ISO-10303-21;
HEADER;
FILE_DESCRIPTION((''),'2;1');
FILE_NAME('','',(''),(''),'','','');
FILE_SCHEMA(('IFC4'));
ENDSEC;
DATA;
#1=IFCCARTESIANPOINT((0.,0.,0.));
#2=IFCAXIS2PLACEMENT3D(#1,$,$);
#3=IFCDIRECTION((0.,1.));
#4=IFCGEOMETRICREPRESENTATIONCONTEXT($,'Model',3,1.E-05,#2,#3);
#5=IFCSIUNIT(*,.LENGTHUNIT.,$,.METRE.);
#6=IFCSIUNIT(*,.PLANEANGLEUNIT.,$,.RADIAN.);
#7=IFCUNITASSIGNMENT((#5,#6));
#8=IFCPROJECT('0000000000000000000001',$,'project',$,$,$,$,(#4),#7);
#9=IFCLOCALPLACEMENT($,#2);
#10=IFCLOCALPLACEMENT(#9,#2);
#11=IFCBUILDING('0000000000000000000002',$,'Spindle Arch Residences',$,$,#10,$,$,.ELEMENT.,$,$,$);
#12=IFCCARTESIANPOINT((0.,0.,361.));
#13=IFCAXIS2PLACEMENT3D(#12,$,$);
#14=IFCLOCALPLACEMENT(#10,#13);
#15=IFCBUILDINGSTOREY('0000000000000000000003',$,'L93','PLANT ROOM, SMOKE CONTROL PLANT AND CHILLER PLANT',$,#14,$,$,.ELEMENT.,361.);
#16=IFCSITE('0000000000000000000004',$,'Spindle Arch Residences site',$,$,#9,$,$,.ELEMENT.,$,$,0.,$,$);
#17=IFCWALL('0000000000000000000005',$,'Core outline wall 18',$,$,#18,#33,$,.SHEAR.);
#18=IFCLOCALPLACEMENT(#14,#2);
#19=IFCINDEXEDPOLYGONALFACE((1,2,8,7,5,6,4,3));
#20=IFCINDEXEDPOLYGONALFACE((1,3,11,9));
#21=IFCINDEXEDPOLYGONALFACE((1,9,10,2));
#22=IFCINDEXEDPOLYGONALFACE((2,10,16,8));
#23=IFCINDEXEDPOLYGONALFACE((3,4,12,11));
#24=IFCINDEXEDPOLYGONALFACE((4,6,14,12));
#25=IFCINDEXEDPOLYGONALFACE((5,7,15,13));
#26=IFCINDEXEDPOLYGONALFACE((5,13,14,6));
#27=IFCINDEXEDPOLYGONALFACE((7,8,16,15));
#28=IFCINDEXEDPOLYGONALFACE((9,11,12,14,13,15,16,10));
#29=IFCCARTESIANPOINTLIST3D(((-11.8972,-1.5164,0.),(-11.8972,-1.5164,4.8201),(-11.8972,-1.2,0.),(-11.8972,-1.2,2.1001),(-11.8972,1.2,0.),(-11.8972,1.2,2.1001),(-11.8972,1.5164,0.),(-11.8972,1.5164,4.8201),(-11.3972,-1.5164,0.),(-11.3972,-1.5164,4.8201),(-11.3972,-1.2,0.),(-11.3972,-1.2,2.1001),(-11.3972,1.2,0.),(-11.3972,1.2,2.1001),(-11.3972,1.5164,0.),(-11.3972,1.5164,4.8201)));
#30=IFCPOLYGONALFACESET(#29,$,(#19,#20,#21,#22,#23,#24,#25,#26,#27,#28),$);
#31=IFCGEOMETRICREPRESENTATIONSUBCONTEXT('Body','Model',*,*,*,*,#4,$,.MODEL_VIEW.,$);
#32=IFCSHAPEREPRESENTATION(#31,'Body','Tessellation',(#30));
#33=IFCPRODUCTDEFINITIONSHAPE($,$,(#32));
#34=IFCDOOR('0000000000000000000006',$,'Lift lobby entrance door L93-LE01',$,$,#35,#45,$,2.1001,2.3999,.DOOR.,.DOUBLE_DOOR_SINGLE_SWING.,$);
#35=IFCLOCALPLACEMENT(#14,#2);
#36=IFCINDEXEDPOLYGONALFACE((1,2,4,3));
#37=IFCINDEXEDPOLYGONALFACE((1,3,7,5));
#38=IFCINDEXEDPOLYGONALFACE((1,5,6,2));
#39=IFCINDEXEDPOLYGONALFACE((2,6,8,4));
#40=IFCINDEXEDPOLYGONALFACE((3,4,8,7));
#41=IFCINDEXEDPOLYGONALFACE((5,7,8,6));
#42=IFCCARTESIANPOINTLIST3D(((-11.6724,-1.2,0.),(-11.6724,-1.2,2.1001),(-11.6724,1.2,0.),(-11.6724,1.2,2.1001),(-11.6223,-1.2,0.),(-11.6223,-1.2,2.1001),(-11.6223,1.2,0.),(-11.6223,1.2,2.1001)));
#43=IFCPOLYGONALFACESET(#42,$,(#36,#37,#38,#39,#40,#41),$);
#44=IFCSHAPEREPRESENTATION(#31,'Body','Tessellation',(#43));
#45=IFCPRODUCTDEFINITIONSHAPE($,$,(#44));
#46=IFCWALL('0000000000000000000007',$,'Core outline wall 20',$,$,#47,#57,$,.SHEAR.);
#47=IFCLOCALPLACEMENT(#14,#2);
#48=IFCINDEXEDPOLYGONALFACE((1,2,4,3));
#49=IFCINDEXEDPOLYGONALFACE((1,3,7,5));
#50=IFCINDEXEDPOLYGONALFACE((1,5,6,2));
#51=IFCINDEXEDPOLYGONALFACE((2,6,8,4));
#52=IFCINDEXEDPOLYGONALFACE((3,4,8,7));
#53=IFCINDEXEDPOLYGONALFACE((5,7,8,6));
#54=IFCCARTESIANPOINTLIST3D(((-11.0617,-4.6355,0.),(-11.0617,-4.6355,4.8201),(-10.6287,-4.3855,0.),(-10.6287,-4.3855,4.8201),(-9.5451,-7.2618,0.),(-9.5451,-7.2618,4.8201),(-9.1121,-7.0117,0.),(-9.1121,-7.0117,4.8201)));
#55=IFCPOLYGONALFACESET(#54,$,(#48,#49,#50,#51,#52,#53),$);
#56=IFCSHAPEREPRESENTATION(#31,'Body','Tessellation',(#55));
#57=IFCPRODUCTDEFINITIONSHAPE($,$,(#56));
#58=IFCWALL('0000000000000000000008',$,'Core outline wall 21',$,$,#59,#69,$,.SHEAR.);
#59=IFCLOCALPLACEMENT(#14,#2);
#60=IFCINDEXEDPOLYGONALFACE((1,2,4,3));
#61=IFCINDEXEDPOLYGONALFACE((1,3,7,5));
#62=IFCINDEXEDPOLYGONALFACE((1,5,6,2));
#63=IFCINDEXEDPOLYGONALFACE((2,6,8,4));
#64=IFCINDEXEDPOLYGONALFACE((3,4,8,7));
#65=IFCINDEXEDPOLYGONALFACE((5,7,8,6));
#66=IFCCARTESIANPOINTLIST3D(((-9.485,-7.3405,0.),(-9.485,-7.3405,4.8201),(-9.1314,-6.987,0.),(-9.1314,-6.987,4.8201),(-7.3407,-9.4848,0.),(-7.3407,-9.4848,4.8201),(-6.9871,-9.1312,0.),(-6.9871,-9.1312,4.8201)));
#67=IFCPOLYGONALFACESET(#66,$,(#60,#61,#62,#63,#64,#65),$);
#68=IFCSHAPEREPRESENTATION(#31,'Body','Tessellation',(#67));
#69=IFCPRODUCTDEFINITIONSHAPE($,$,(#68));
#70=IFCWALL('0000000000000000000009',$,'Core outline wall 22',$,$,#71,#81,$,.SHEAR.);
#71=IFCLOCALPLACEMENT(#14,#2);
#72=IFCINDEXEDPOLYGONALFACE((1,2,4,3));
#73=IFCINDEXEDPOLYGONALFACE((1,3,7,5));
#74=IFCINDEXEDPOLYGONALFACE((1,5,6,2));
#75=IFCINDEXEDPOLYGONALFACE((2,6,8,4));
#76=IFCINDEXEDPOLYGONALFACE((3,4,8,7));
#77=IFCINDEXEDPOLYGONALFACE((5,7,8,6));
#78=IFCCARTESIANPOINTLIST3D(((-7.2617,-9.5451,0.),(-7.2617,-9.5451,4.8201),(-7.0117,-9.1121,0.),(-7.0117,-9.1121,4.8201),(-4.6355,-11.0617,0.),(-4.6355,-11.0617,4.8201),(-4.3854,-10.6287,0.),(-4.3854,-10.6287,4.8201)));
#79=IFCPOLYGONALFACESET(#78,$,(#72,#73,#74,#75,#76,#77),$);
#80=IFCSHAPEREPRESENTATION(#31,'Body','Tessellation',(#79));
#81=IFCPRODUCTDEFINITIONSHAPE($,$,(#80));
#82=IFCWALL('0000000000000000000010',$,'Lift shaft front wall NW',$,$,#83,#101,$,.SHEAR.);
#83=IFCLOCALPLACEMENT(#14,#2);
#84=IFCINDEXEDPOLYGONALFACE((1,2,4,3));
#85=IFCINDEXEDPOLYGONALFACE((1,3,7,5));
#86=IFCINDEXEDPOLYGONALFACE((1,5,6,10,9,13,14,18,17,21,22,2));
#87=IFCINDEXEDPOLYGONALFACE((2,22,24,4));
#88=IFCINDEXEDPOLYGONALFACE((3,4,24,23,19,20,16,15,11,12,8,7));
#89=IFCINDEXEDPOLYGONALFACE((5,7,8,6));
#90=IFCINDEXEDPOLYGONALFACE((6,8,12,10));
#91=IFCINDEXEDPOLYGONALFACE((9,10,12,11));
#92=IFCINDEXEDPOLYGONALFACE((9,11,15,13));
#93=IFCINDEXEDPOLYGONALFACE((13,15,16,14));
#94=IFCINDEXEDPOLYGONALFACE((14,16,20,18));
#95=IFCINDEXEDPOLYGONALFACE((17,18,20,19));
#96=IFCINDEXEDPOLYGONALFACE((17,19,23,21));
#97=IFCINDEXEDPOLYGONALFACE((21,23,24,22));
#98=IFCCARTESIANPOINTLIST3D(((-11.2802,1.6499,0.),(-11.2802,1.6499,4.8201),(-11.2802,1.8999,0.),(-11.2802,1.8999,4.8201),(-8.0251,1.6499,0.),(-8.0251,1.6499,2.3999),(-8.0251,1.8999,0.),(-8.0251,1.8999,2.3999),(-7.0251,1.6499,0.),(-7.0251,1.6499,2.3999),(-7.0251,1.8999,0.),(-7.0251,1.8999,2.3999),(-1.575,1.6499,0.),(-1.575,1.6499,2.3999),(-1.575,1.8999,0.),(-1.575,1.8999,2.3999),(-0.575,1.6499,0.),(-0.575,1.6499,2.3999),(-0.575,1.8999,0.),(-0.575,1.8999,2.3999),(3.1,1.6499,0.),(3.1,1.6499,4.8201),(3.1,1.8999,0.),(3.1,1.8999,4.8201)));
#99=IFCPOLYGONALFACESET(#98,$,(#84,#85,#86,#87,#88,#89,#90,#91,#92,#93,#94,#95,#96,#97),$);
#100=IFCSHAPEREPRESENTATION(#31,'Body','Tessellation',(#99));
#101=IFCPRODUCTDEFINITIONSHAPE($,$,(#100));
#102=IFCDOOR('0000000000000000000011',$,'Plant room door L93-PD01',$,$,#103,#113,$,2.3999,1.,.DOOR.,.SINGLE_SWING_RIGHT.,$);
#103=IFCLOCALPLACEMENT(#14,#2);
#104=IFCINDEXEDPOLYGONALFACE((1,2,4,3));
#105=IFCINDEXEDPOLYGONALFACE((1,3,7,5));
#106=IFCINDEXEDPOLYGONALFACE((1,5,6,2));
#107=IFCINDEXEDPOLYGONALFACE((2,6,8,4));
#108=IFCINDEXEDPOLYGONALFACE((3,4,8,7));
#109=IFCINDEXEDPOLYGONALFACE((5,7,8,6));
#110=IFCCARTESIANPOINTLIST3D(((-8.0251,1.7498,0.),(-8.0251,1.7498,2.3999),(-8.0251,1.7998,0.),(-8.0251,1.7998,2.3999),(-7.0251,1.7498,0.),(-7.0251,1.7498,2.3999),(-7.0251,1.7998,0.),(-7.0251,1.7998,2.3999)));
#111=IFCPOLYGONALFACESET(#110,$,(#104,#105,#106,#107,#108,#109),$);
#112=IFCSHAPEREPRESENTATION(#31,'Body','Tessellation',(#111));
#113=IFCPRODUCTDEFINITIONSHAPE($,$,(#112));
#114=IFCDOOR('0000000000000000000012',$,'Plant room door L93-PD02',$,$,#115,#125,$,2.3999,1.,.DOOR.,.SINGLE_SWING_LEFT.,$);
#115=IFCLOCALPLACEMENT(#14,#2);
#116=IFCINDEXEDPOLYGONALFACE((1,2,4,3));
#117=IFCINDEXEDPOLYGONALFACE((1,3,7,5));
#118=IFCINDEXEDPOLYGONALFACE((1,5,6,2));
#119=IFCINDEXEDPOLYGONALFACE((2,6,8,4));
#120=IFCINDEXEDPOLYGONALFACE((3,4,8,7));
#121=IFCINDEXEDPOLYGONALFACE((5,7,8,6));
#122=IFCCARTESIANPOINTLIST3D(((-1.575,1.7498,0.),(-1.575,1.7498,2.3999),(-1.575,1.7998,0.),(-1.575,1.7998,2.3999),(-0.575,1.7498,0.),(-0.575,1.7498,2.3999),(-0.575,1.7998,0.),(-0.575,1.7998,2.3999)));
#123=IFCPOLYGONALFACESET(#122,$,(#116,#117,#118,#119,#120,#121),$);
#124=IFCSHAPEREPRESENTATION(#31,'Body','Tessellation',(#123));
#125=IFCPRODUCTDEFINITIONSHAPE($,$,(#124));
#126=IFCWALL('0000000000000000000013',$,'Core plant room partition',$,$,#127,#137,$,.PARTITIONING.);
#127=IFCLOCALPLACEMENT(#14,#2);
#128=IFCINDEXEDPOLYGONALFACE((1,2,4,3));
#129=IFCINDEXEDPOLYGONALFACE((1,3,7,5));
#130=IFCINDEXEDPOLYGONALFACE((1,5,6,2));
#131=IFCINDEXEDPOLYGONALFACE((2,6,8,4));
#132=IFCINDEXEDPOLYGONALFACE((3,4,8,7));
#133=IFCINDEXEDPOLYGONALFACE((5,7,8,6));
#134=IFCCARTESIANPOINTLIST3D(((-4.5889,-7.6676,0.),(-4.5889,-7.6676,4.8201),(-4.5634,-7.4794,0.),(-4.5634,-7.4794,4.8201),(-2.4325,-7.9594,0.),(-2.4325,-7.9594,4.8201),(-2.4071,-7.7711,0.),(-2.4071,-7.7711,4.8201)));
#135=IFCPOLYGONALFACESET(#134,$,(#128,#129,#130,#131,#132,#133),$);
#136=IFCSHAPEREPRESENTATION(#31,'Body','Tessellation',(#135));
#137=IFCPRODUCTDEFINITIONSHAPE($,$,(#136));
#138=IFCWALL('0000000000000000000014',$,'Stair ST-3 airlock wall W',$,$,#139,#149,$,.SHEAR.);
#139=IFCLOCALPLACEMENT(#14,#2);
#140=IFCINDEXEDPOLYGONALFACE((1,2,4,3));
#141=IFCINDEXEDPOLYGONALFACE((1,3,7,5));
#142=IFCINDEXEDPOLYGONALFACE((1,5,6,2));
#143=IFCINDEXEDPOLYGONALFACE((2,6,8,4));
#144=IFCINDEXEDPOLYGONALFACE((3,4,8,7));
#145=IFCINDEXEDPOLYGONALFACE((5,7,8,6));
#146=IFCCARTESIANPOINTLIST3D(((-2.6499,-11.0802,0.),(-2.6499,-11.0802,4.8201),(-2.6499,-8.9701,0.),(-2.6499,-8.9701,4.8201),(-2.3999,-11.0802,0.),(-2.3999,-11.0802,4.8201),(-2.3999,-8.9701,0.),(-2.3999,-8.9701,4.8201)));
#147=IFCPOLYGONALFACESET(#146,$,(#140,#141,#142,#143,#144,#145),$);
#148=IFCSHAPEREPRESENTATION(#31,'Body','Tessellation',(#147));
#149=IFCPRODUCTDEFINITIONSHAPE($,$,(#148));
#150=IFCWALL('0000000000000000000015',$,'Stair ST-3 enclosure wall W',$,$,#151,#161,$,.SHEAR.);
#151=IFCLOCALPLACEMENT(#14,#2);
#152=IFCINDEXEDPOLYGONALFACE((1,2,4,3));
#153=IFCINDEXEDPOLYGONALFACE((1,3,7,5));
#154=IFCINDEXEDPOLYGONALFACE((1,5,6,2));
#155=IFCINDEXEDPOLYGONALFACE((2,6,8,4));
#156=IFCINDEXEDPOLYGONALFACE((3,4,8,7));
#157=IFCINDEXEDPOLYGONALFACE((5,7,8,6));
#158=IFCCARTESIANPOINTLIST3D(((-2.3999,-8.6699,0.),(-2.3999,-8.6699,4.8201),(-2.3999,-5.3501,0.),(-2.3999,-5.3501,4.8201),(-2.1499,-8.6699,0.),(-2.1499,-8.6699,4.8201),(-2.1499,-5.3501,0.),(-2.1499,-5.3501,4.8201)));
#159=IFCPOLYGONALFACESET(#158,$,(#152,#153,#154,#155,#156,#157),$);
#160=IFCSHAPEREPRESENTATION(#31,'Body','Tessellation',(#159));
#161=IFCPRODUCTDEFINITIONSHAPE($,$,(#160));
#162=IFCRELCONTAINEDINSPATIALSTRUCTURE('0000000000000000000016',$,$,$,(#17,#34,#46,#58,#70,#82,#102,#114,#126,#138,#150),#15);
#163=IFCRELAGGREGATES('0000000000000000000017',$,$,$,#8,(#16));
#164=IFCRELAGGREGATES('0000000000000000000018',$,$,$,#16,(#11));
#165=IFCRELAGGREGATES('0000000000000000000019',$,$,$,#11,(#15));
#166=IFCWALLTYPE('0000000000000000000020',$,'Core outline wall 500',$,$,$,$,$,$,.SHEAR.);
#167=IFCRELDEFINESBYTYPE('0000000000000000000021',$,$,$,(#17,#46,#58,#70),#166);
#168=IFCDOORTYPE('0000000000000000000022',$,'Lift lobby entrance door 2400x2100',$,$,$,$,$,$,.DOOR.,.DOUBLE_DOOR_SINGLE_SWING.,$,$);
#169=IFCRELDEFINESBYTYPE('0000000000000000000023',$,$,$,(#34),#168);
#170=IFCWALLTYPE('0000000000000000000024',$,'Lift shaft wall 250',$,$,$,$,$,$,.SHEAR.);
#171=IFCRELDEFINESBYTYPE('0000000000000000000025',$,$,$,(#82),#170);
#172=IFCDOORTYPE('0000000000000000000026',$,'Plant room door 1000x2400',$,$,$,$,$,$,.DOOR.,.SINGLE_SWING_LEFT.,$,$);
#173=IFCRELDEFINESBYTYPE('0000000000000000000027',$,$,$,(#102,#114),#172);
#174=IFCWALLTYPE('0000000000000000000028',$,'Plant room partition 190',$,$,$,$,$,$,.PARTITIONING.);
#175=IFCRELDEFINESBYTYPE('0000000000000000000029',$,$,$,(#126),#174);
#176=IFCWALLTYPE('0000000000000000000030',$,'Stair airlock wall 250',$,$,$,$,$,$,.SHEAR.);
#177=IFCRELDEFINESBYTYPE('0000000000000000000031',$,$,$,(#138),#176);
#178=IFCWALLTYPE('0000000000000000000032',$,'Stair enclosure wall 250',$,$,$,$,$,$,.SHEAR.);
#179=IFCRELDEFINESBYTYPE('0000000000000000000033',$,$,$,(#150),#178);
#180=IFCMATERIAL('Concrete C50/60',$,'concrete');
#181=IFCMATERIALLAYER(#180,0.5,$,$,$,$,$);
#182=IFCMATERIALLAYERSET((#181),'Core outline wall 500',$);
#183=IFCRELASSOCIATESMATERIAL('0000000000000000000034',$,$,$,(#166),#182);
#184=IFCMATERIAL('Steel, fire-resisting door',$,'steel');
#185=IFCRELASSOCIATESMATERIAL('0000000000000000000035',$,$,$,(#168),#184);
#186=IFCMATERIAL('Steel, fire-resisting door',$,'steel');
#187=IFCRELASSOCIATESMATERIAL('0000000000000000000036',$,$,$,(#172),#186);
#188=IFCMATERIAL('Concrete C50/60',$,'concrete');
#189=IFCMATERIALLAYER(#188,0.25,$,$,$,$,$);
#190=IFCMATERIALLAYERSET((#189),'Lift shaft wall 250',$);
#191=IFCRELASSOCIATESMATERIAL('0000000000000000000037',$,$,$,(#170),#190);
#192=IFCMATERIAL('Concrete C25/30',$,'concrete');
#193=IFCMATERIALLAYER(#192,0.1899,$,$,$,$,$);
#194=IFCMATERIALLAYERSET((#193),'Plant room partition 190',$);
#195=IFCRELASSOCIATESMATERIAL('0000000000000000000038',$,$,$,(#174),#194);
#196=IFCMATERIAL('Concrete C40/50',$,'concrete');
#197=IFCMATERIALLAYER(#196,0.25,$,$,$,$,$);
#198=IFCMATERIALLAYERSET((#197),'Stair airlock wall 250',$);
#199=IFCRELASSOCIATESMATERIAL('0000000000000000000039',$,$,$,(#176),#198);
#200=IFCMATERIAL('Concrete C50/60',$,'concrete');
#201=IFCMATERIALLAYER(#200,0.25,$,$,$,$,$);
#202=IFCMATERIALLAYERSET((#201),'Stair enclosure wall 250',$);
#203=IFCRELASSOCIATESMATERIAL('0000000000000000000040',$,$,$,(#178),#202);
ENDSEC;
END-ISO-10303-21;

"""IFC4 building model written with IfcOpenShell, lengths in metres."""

from ifc_helpers import new_model, si_unit, direction, frame, frame_2d, origin, place, context, subcontext, project, spatial, rectangle, extrude, material, layer, layer_set, type_object, element, fill, save


model = new_model("IFC4")

# Units and contexts
model_context = context("Model", 3, precision=1e-05, world=origin(), true_north=direction((0.0, 1.0)))
body_context = subcontext(model_context, "Body", "Model", "MODEL_VIEW")
ifc_project = project(units=[si_unit("LENGTHUNIT", "METRE"), si_unit("PLANEANGLEUNIT", "RADIAN")], contexts=[model_context])

# Site, building, storey
site_placement = place(None, origin())
site = spatial("IfcSite", under=ifc_project, at=site_placement, Name="Spindle Arch Residences site", CompositionType="ELEMENT", RefElevation=0.0)
building_placement = place(site_placement, origin())
building = spatial("IfcBuilding", under=site, at=building_placement, Name="Spindle Arch Residences", CompositionType="ELEMENT")
storey_placement = place(building_placement, frame((0.0, 0.0, 361.0)))
storey = spatial("IfcBuildingStorey", under=building, at=storey_placement, Name="L93", Description="PLANT ROOM, SMOKE CONTROL PLANT AND CHILLER PLANT", CompositionType="ELEMENT", Elevation=361.0)

# Wall, opening, door
ifc_material_1 = material(Name="Concrete C50/60", Category="concrete")
ifc_layer_1 = layer(ifc_material_1, 0.5)
ifc_layer_set_1 = layer_set([ifc_layer_1], Name="Core outline wall 500")
wall_type_1 = type_object("IfcWallType", Name="Core outline wall 500", PredefinedType="SHEAR", material=ifc_layer_set_1)
wall_1_placement = place(storey_placement, frame((-11.6472, 1.5164, 0.0), z_axis=(0.0, 0.0, 1.0), x_axis=(0.0, -1.0, 0.0)))
wall_1 = element("IfcWall", 1, at=wall_1_placement, inside=storey, type_object=wall_type_1, Name="Core outline wall 18", PredefinedType="SHEAR", context=body_context, shape_type="SweptSolid", body=[
    extrude(rectangle(XDim=3.0327, YDim=0.5, at=frame_2d((1.5164, 0.0))), origin(), (0.0, 0.0, 1.0), 4.8201),
])
opening_1_placement = place(wall_1_placement, frame((0.3164, 0.0, 0.0)))
opening_1 = element("IfcOpeningElement", 2, at=opening_1_placement, cuts=wall_1, PredefinedType="OPENING", context=body_context, shape_type="SweptSolid", body=[
    extrude(rectangle(XDim=2.3999, YDim=2.1001, at=frame_2d((1.2, 1.05))), frame((0.0, 0.26, 0.0), z_axis=(0.0, -1.0, 0.0), x_axis=(1.0, 0.0, 0.0)), (0.0, 0.0, 1.0), 0.52),
])
ifc_material_2 = material(Name="Steel, fire-resisting door", Category="steel")
door_type_1 = type_object("IfcDoorType", Name="Lift lobby entrance door 2400x2100", OperationType="DOUBLE_DOOR_SINGLE_SWING", PredefinedType="DOOR", material=ifc_material_2)
door_1_placement = place(opening_1_placement, origin())
door_1 = element("IfcDoor", 3, at=door_1_placement, inside=storey, type_object=door_type_1, Name="Lift lobby entrance door L93-LE01", OperationType="DOUBLE_DOOR_SINGLE_SWING", OverallHeight=2.1001, OverallWidth=2.3999, PredefinedType="DOOR", context=body_context, shape_type="SweptSolid", body=[
    extrude(rectangle(XDim=2.3999, YDim=2.1001, at=frame_2d((1.2, 1.05))), frame((0.0, 0.0249, 0.0), z_axis=(0.0, -1.0, 0.0), x_axis=(1.0, 0.0, 0.0)), (0.0, 0.0, 1.0), 0.05),
])
fill(opening_1, door_1)
ifc_material_3 = material(Name="Steel, fire-resisting door", Category="steel")
door_type_2 = type_object("IfcDoorType", Name="Plant room door 1000x2400", OperationType="SINGLE_SWING_LEFT", PredefinedType="DOOR", material=ifc_material_3)

# Walls
wall_2_placement = place(storey_placement, frame((-10.8452, -4.5105, 0.0), z_axis=(0.0, 0.0, 1.0), x_axis=(0.500087, -0.865975, 0.0)))
element("IfcWall", 4, at=wall_2_placement, inside=storey, type_object=wall_type_1, Name="Core outline wall 20", PredefinedType="SHEAR", context=body_context, shape_type="SweptSolid", body=[
    extrude(rectangle(XDim=3.0327, YDim=0.5, at=frame_2d((1.5164, 0.0))), origin(), (0.0, 0.0, 1.0), 4.8201),
])
wall_3_placement = place(storey_placement, frame((-9.3081, -7.1638, 0.0), z_axis=(0.0, 0.0, 1.0), x_axis=(0.707107, -0.707107, 0.0)))
element("IfcWall", 5, at=wall_3_placement, inside=storey, type_object=wall_type_1, Name="Core outline wall 21", PredefinedType="SHEAR", context=body_context, shape_type="SweptSolid", body=[
    extrude(rectangle(XDim=3.0325, YDim=0.5, at=frame_2d((1.5161, 0.0))), origin(), (0.0, 0.0, 1.0), 4.8201),
])
wall_4_placement = place(storey_placement, frame((-7.1367, -9.3286, 0.0), z_axis=(0.0, 0.0, 1.0), x_axis=(0.865975, -0.500087, 0.0)))
element("IfcWall", 6, at=wall_4_placement, inside=storey, type_object=wall_type_1, Name="Core outline wall 22", PredefinedType="SHEAR", context=body_context, shape_type="SweptSolid", body=[
    extrude(rectangle(XDim=3.0327, YDim=0.5, at=frame_2d((1.5164, 0.0))), origin(), (0.0, 0.0, 1.0), 4.8201),
])

# Wall, openings, doors
ifc_material_4 = material(Name="Concrete C50/60", Category="concrete")
ifc_layer_2 = layer(ifc_material_4, 0.25)
ifc_layer_set_2 = layer_set([ifc_layer_2], Name="Lift shaft wall 250")
wall_type_2 = type_object("IfcWallType", Name="Lift shaft wall 250", PredefinedType="SHEAR", material=ifc_layer_set_2)
wall_5_placement = place(storey_placement, frame((-11.28, 1.7749, 0.0), z_axis=(0.0, 0.0, 1.0), x_axis=(1.0, 0.0, 0.0)))
wall_5 = element("IfcWall", 7, at=wall_5_placement, inside=storey, type_object=wall_type_2, Name="Lift shaft front wall NW", PredefinedType="SHEAR", context=body_context, shape_type="SweptSolid", body=[
    extrude(rectangle(XDim=14.3801, YDim=0.25, at=frame_2d((7.1899, 0.0))), origin(), (0.0, 0.0, 1.0), 4.8201),
])
opening_2_placement = place(wall_5_placement, frame((3.2549, 0.0, 0.0)))
opening_2 = element("IfcOpeningElement", 8, at=opening_2_placement, cuts=wall_5, PredefinedType="OPENING", context=body_context, shape_type="SweptSolid", body=[
    extrude(rectangle(XDim=1.0, YDim=2.3999, at=frame_2d((0.5, 1.2))), frame((0.0, 0.135, 0.0), z_axis=(0.0, -1.0, 0.0), x_axis=(1.0, 0.0, 0.0)), (0.0, 0.0, 1.0), 0.27),
])
opening_3_placement = place(wall_5_placement, frame((9.7051, 0.0, 0.0)))
opening_3 = element("IfcOpeningElement", 9, at=opening_3_placement, cuts=wall_5, PredefinedType="OPENING", context=body_context, shape_type="SweptSolid", body=[
    extrude(rectangle(XDim=1.0, YDim=2.3999, at=frame_2d((0.5, 1.2))), frame((0.0, 0.135, 0.0), z_axis=(0.0, -1.0, 0.0), x_axis=(1.0, 0.0, 0.0)), (0.0, 0.0, 1.0), 0.27),
])
door_2_placement = place(opening_2_placement, origin())
door_2 = element("IfcDoor", 10, at=door_2_placement, inside=storey, type_object=door_type_2, Name="Plant room door L93-PD01", OperationType="SINGLE_SWING_RIGHT", OverallHeight=2.3999, OverallWidth=1.0, PredefinedType="DOOR", context=body_context, shape_type="SweptSolid", body=[
    extrude(rectangle(XDim=1.0, YDim=2.3999, at=frame_2d((0.5, 1.2))), frame((0.0, 0.0249, 0.0), z_axis=(0.0, -1.0, 0.0), x_axis=(1.0, 0.0, 0.0)), (0.0, 0.0, 1.0), 0.05),
])
fill(opening_2, door_2)
door_3_placement = place(opening_3_placement, origin())
door_3 = element("IfcDoor", 11, at=door_3_placement, inside=storey, type_object=door_type_2, Name="Plant room door L93-PD02", OperationType="SINGLE_SWING_LEFT", OverallHeight=2.3999, OverallWidth=1.0, PredefinedType="DOOR", context=body_context, shape_type="SweptSolid", body=[
    extrude(rectangle(XDim=1.0, YDim=2.3999, at=frame_2d((0.5, 1.2))), frame((0.0, 0.0249, 0.0), z_axis=(0.0, -1.0, 0.0), x_axis=(1.0, 0.0, 0.0)), (0.0, 0.0, 1.0), 0.05),
])
fill(opening_3, door_3)

# Shared definitions
ifc_material_5 = material(Name="Concrete C25/30", Category="concrete")
ifc_layer_3 = layer(ifc_material_5, 0.1899)
ifc_layer_set_3 = layer_set([ifc_layer_3], Name="Plant room partition 190")
wall_type_3 = type_object("IfcWallType", Name="Plant room partition 190", PredefinedType="PARTITIONING", material=ifc_layer_set_3)

# Walls
wall_6_placement = place(storey_placement, frame((-2.4199, -7.8652, 0.0), z_axis=(0.0, 0.0, 1.0), x_axis=(-0.990972, 0.134067, 0.0)))
element("IfcWall", 12, at=wall_6_placement, inside=storey, type_object=wall_type_3, Name="Core plant room partition", PredefinedType="PARTITIONING", context=body_context, shape_type="SweptSolid", body=[
    extrude(rectangle(XDim=2.176, YDim=0.1899, at=frame_2d((1.0879, 0.0))), origin(), (0.0, 0.0, 1.0), 4.8201),
])
ifc_material_6 = material(Name="Concrete C40/50", Category="concrete")
ifc_layer_4 = layer(ifc_material_6, 0.25)
ifc_layer_set_4 = layer_set([ifc_layer_4], Name="Stair airlock wall 250")
wall_type_4 = type_object("IfcWallType", Name="Stair airlock wall 250", PredefinedType="SHEAR", material=ifc_layer_set_4)
wall_7_placement = place(storey_placement, frame((-2.5249, -8.97, 0.0), z_axis=(0.0, 0.0, 1.0), x_axis=(0.0, -1.0, 0.0)))
element("IfcWall", 13, at=wall_7_placement, inside=storey, type_object=wall_type_4, Name="Stair ST-3 airlock wall W", PredefinedType="SHEAR", context=body_context, shape_type="SweptSolid", body=[
    extrude(rectangle(XDim=2.1101, YDim=0.25, at=frame_2d((1.0552, 0.0))), origin(), (0.0, 0.0, 1.0), 4.8201),
])
ifc_material_7 = material(Name="Concrete C50/60", Category="concrete")
ifc_layer_5 = layer(ifc_material_7, 0.25)
ifc_layer_set_5 = layer_set([ifc_layer_5], Name="Stair enclosure wall 250")
wall_type_5 = type_object("IfcWallType", Name="Stair enclosure wall 250", PredefinedType="SHEAR", material=ifc_layer_set_5)
wall_8_placement = place(storey_placement, frame((-2.2749, -8.6699, 0.0), z_axis=(0.0, 0.0, 1.0), x_axis=(0.0, 1.0, 0.0)))
element("IfcWall", 14, at=wall_8_placement, inside=storey, type_object=wall_type_5, Name="Stair ST-3 enclosure wall W", PredefinedType="SHEAR", context=body_context, shape_type="SweptSolid", body=[
    extrude(rectangle(XDim=3.3198, YDim=0.25, at=frame_2d((1.6599, 0.0))), origin(), (0.0, 0.0, 1.0), 4.8201),
])

save(model, "model.ifc")
